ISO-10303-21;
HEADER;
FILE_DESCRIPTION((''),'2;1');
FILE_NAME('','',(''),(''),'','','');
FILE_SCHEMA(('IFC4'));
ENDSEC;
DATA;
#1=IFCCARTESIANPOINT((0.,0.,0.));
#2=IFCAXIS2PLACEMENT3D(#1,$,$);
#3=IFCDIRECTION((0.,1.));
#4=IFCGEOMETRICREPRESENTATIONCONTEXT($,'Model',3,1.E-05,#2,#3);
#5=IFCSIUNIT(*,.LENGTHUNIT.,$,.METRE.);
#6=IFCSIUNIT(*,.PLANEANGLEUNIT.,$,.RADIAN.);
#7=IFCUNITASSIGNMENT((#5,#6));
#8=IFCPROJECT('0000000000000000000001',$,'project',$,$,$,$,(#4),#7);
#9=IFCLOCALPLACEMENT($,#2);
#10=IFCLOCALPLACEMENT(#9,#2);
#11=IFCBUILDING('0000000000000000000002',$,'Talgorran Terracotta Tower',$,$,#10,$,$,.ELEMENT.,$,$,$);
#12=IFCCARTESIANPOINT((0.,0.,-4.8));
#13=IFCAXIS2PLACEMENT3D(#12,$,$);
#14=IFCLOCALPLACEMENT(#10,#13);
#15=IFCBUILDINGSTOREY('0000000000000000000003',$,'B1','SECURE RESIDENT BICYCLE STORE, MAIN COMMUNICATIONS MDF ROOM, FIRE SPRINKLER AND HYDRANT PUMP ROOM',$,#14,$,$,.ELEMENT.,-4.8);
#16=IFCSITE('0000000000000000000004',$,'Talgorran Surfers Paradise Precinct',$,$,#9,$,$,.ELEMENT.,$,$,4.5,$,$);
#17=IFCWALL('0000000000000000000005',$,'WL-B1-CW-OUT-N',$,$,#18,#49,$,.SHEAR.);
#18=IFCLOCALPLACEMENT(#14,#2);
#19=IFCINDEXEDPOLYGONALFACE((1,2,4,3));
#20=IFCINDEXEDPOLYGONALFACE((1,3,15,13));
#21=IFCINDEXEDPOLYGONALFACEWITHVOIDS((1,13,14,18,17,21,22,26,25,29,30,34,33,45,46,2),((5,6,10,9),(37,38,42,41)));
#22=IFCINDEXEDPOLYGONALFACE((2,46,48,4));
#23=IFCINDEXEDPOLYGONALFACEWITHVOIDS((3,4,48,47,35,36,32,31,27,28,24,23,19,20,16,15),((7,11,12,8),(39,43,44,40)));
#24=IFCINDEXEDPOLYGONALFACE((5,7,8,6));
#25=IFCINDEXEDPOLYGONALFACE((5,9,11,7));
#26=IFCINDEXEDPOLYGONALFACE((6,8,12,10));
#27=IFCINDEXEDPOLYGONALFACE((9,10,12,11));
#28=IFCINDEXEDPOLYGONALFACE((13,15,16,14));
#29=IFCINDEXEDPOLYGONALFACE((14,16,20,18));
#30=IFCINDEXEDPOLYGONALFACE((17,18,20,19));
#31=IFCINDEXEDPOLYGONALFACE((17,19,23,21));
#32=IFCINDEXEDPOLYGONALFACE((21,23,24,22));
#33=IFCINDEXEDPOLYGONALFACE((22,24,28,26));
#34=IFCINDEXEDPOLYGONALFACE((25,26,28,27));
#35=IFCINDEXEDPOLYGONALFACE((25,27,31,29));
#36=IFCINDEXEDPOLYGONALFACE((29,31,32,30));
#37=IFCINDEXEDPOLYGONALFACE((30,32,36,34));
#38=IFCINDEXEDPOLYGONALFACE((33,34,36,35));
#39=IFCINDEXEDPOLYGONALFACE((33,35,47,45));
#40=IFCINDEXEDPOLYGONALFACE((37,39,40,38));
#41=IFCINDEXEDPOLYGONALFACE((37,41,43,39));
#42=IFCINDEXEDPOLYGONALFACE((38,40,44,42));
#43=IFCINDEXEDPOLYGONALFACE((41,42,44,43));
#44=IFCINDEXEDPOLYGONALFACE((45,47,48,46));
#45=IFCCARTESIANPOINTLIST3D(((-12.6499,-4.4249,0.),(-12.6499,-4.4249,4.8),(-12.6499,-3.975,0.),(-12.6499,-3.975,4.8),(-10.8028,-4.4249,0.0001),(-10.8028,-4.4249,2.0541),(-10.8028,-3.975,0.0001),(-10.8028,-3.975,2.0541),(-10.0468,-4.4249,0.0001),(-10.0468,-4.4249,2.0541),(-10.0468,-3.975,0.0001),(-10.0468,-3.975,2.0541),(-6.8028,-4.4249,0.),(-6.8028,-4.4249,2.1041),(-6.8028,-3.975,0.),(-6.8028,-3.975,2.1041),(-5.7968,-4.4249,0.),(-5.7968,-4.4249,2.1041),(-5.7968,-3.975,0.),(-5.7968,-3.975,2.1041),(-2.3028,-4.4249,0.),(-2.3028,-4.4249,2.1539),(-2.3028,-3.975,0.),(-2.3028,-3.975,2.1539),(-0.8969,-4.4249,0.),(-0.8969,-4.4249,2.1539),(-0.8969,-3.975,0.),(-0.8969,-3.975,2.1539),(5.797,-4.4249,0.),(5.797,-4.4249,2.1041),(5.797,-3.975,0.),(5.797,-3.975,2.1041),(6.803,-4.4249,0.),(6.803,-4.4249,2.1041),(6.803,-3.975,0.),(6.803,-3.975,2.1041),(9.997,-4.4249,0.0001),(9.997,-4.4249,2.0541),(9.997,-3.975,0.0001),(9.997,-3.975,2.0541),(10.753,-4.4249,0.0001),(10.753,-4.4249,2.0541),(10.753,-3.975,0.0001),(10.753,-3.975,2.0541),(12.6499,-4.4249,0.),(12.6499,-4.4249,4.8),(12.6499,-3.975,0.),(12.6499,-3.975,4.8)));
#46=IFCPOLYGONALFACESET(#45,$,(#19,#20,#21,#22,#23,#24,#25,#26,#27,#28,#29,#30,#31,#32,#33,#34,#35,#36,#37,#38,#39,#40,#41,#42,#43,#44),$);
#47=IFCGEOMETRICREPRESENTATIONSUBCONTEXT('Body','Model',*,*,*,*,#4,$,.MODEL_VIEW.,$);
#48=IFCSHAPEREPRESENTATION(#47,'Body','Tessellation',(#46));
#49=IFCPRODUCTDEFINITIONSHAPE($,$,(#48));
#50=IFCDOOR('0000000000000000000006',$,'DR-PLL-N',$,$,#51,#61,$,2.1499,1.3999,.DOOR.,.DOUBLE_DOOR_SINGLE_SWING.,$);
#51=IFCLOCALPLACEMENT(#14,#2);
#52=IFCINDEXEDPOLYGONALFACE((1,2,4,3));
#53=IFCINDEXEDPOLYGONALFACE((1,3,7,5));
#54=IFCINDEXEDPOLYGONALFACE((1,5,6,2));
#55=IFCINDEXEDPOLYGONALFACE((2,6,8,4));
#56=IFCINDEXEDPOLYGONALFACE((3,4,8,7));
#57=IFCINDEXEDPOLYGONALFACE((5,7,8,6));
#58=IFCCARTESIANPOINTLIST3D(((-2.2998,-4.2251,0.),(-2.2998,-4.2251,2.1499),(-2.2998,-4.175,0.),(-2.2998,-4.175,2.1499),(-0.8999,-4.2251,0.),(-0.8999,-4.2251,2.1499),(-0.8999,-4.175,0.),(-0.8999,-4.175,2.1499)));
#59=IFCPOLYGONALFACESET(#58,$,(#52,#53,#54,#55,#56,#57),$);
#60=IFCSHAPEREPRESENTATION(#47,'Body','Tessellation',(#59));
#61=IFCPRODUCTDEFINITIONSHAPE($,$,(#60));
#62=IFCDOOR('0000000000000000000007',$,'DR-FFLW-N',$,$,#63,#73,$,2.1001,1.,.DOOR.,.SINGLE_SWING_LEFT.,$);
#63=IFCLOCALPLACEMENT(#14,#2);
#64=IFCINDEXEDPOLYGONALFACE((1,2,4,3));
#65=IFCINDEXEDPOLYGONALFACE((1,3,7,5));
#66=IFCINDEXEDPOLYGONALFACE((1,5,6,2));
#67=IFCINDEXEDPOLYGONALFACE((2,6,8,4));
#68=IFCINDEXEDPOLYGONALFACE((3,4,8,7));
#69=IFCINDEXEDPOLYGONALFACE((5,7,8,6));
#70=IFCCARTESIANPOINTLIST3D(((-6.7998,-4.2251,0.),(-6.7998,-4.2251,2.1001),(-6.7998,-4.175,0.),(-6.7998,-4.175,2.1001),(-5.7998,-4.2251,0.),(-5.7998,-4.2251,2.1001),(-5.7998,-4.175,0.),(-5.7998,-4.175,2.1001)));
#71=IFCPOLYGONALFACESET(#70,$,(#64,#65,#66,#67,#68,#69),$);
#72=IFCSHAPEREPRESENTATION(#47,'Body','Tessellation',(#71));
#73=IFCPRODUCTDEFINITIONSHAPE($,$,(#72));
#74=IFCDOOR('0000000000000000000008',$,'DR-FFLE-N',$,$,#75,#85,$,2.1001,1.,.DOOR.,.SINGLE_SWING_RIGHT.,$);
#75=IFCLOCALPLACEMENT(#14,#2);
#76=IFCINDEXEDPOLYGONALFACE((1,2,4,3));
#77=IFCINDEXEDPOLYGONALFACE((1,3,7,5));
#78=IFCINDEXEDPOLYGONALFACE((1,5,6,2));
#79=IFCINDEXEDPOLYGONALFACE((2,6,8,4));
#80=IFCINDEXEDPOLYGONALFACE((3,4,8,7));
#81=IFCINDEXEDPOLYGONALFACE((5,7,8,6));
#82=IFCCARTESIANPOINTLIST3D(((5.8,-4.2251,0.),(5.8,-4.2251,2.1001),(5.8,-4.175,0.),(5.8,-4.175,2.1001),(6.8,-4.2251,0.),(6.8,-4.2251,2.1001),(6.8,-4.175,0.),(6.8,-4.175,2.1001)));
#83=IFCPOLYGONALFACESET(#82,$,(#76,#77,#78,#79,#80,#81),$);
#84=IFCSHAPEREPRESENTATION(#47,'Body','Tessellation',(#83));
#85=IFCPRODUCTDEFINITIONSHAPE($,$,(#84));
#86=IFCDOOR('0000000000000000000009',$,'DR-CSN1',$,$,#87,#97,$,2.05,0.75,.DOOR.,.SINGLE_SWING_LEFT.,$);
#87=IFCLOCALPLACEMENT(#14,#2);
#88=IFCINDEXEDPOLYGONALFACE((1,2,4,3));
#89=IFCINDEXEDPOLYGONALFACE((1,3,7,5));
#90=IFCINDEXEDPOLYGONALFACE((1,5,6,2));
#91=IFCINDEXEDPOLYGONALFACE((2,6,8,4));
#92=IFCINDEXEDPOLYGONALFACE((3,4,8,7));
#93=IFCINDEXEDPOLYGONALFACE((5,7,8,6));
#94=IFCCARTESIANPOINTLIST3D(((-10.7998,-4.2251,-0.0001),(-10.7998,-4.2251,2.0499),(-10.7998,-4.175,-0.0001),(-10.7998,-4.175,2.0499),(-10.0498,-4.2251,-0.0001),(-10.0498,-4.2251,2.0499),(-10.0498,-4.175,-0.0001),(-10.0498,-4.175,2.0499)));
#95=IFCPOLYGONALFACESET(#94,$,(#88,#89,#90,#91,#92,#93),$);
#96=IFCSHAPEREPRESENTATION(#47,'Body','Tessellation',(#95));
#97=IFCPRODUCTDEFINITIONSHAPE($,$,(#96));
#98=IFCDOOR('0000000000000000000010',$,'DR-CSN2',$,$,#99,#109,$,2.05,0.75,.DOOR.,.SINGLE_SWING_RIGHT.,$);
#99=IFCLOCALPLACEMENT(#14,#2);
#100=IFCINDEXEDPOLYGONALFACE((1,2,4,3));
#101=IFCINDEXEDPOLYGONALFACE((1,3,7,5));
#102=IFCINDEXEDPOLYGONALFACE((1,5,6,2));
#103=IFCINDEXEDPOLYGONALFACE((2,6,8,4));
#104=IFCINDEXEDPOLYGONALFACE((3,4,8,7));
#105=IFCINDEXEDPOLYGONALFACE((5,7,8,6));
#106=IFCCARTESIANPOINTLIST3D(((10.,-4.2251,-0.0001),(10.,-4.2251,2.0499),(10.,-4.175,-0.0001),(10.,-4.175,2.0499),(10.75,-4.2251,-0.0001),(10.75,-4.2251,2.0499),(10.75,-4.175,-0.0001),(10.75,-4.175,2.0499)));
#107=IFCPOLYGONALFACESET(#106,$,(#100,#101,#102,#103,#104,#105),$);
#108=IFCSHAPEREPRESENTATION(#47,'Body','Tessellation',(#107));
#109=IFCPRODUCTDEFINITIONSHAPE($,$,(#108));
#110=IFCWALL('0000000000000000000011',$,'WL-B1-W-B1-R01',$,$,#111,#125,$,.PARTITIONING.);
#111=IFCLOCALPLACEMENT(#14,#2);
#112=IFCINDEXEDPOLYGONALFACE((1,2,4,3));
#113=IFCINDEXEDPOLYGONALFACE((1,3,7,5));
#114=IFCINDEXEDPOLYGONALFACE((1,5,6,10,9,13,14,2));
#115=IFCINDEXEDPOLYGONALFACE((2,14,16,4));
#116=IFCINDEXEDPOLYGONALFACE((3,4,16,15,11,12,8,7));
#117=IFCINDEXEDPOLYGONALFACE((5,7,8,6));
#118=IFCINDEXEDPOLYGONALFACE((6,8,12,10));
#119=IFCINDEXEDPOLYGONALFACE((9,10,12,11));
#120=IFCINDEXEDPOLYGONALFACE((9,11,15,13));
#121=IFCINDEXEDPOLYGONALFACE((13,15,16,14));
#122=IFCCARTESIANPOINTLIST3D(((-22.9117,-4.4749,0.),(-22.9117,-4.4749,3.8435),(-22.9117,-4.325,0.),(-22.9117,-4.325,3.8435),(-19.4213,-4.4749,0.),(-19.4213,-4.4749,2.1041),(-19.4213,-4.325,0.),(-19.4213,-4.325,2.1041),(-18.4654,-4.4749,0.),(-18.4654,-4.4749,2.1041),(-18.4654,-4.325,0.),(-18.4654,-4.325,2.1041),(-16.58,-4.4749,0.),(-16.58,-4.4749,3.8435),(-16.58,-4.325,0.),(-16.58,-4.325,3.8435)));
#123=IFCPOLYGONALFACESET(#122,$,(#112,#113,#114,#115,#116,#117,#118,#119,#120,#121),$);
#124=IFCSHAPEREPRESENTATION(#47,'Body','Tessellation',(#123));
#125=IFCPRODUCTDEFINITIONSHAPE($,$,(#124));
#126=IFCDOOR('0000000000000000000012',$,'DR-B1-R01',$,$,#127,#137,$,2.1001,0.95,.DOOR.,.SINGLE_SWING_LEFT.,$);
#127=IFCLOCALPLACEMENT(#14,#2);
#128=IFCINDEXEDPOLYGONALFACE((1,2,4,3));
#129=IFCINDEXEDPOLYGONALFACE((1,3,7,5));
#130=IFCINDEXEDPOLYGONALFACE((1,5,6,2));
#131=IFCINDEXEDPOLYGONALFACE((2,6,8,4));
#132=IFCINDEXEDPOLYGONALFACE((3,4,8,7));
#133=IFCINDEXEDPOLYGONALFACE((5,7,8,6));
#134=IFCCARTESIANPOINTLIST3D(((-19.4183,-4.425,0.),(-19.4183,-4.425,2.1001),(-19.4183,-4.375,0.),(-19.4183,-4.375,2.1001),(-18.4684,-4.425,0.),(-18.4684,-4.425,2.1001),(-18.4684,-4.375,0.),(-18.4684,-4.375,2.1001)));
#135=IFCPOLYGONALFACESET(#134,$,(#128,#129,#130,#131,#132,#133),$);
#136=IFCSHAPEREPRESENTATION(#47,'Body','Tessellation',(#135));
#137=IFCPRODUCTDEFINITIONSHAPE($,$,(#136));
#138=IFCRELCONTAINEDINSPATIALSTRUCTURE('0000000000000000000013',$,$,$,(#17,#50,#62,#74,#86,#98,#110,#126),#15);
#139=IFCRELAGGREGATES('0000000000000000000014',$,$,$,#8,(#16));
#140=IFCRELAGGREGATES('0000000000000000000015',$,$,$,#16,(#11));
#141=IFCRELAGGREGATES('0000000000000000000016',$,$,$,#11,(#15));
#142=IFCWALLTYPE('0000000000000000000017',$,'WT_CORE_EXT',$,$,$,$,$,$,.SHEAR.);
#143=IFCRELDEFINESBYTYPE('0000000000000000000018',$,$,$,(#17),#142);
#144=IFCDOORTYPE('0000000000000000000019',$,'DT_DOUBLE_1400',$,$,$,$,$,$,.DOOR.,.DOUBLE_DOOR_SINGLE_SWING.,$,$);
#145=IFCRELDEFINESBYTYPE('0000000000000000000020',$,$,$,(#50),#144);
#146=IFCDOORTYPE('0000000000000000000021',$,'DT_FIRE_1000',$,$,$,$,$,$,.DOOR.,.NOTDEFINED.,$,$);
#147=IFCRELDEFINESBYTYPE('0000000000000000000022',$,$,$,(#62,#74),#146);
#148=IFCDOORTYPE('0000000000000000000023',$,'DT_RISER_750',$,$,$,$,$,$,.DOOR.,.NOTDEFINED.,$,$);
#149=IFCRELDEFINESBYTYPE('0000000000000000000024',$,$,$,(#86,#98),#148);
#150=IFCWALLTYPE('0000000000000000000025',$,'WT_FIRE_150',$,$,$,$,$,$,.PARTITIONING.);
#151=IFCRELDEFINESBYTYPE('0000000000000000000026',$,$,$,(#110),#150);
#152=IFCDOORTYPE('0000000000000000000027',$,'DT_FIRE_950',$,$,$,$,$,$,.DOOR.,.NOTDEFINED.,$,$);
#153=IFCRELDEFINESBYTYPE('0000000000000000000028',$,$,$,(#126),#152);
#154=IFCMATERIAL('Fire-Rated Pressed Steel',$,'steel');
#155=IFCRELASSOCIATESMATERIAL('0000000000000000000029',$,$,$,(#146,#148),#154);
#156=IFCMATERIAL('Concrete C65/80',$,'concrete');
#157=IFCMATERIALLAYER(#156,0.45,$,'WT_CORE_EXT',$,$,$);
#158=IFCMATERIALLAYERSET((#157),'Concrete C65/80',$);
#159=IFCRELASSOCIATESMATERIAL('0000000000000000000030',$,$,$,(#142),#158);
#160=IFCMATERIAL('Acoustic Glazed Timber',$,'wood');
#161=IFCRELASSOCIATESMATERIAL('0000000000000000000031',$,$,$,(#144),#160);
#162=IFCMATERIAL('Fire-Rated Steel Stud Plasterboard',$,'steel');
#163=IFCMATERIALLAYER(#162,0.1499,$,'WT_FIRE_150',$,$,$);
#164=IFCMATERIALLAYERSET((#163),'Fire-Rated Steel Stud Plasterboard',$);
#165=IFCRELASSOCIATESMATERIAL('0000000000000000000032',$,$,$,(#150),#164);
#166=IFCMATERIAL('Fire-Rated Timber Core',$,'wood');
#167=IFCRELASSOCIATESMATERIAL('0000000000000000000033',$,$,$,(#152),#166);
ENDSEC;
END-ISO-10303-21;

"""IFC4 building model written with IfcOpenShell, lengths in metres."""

from ifc_helpers import new_model, si_unit, direction, frame, frame_2d, origin, place, context, subcontext, project, spatial, rectangle, extrude, material, layer, layer_set, type_object, element, fill, save


model = new_model("IFC4")

# Units and contexts
model_context = context("Model", 3, precision=1e-05, world=origin(), true_north=direction((0.0, 1.0)))
body_context = subcontext(model_context, "Body", "Model", "MODEL_VIEW")
ifc_project = project(units=[si_unit("LENGTHUNIT", "METRE"), si_unit("PLANEANGLEUNIT", "RADIAN")], contexts=[model_context])

# Site, building, storey
site_placement = place(None, origin())
site = spatial("IfcSite", under=ifc_project, at=site_placement, Name="Talgorran Surfers Paradise Precinct", CompositionType="ELEMENT", RefElevation=4.5)
building_placement = place(site_placement, origin())
building = spatial("IfcBuilding", under=site, at=building_placement, Name="Talgorran Terracotta Tower", CompositionType="ELEMENT")
storey_placement = place(building_placement, frame((0.0, 0.0, -4.8)))
storey = spatial("IfcBuildingStorey", under=building, at=storey_placement, Name="B1", Description="SECURE RESIDENT BICYCLE STORE, MAIN COMMUNICATIONS MDF ROOM, FIRE SPRINKLER AND HYDRANT PUMP ROOM", CompositionType="ELEMENT", Elevation=-4.8)

# Shared definitions
ifc_material_1 = material(Name="Fire-Rated Pressed Steel", Category="steel")
door_type_1 = type_object("IfcDoorType", Name="DT_FIRE_1000", OperationType="NOTDEFINED", PredefinedType="DOOR", material=ifc_material_1)

# Wall, openings, doors
ifc_material_2 = material(Name="Concrete C65/80", Category="concrete")
ifc_layer_1 = layer(ifc_material_2, 0.45, Name="WT_CORE_EXT")
ifc_layer_set_1 = layer_set([ifc_layer_1], Name="Concrete C65/80")
wall_type_1 = type_object("IfcWallType", Name="WT_CORE_EXT", PredefinedType="SHEAR", material=ifc_layer_set_1)
wall_1_placement = place(storey_placement, frame((-12.6499, -4.2, 0.0), z_axis=(0.0, 0.0, 1.0), x_axis=(1.0, 0.0, 0.0)))
wall_1 = element("IfcWall", 1, at=wall_1_placement, inside=storey, type_object=wall_type_1, Name="WL-B1-CW-OUT-N", PredefinedType="SHEAR", context=body_context, shape_type="SweptSolid", body=[
    extrude(rectangle(XDim=25.2998, YDim=0.45, at=frame_2d((12.6499, 0.0))), origin(), (0.0, 0.0, 1.0), 4.8),
])
opening_1_placement = place(wall_1_placement, frame((1.8501, 0.0, 0.0)))
opening_1 = element("IfcOpeningElement", 2, at=opening_1_placement, cuts=wall_1, PredefinedType="OPENING", context=body_context, shape_type="SweptSolid", body=[
    extrude(rectangle(XDim=0.756, YDim=2.054, at=frame_2d((0.375, 1.0271))), frame((0.0, 0.2349, 0.0), z_axis=(0.0, -1.0, 0.0), x_axis=(1.0, 0.0, 0.0)), (0.0, 0.0, 1.0), 0.47),
])
opening_2_placement = place(wall_1_placement, frame((22.6499, 0.0, 0.0)))
opening_2 = element("IfcOpeningElement", 3, at=opening_2_placement, cuts=wall_1, PredefinedType="OPENING", context=body_context, shape_type="SweptSolid", body=[
    extrude(rectangle(XDim=0.756, YDim=2.054, at=frame_2d((0.375, 1.0271))), frame((0.0, 0.2349, 0.0), z_axis=(0.0, -1.0, 0.0), x_axis=(1.0, 0.0, 0.0)), (0.0, 0.0, 1.0), 0.47),
])
opening_3_placement = place(wall_1_placement, frame((5.8501, 0.0, 0.0)))
opening_3 = element("IfcOpeningElement", 4, at=opening_3_placement, cuts=wall_1, PredefinedType="OPENING", context=body_context, shape_type="SweptSolid", body=[
    extrude(rectangle(XDim=1.006, YDim=2.1041, at=frame_2d((0.5, 1.052))), frame((0.0, 0.2349, 0.0), z_axis=(0.0, -1.0, 0.0), x_axis=(1.0, 0.0, 0.0)), (0.0, 0.0, 1.0), 0.47),
])
opening_4_placement = place(wall_1_placement, frame((10.3501, 0.0, 0.0)))
opening_4 = element("IfcOpeningElement", 5, at=opening_4_placement, cuts=wall_1, PredefinedType="OPENING", context=body_context, shape_type="SweptSolid", body=[
    extrude(rectangle(XDim=1.4059, YDim=2.1539, at=frame_2d((0.7, 1.0769))), frame((0.0, 0.2349, 0.0), z_axis=(0.0, -1.0, 0.0), x_axis=(1.0, 0.0, 0.0)), (0.0, 0.0, 1.0), 0.47),
])
opening_5_placement = place(wall_1_placement, frame((18.45, 0.0, 0.0)))
opening_5 = element("IfcOpeningElement", 6, at=opening_5_placement, cuts=wall_1, PredefinedType="OPENING", context=body_context, shape_type="SweptSolid", body=[
    extrude(rectangle(XDim=1.006, YDim=2.1041, at=frame_2d((0.5, 1.052))), frame((0.0, 0.2349, 0.0), z_axis=(0.0, -1.0, 0.0), x_axis=(1.0, 0.0, 0.0)), (0.0, 0.0, 1.0), 0.47),
])
ifc_material_3 = material(Name="Acoustic Glazed Timber", Category="wood")
door_type_2 = type_object("IfcDoorType", Name="DT_DOUBLE_1400", OperationType="DOUBLE_DOOR_SINGLE_SWING", PredefinedType="DOOR", material=ifc_material_3)
door_1_placement = place(opening_4_placement, origin())
door_1 = element("IfcDoor", 7, at=door_1_placement, inside=storey, type_object=door_type_2, Name="DR-PLL-N", OperationType="DOUBLE_DOOR_SINGLE_SWING", OverallHeight=2.1499, OverallWidth=1.3999, PredefinedType="DOOR", context=body_context, shape_type="SweptSolid", body=[
    extrude(rectangle(XDim=1.3999, YDim=2.1499, at=frame_2d((0.7, 1.075))), frame((0.0, 0.0249, 0.0), z_axis=(0.0, -1.0, 0.0), x_axis=(1.0, 0.0, 0.0)), (0.0, 0.0, 1.0), 0.05),
])
fill(opening_4, door_1)
door_2_placement = place(opening_3_placement, origin())
door_2 = element("IfcDoor", 8, at=door_2_placement, inside=storey, type_object=door_type_1, Name="DR-FFLW-N", OperationType="SINGLE_SWING_LEFT", OverallHeight=2.1001, OverallWidth=1.0, PredefinedType="DOOR", context=body_context, shape_type="SweptSolid", body=[
    extrude(rectangle(XDim=1.0, YDim=2.1001, at=frame_2d((0.5, 1.05))), frame((0.0, 0.0249, 0.0), z_axis=(0.0, -1.0, 0.0), x_axis=(1.0, 0.0, 0.0)), (0.0, 0.0, 1.0), 0.05),
])
fill(opening_3, door_2)
door_3_placement = place(opening_5_placement, origin())
door_3 = element("IfcDoor", 9, at=door_3_placement, inside=storey, type_object=door_type_1, Name="DR-FFLE-N", OperationType="SINGLE_SWING_RIGHT", OverallHeight=2.1001, OverallWidth=1.0, PredefinedType="DOOR", context=body_context, shape_type="SweptSolid", body=[
    extrude(rectangle(XDim=1.0, YDim=2.1001, at=frame_2d((0.5, 1.05))), frame((0.0, 0.0249, 0.0), z_axis=(0.0, -1.0, 0.0), x_axis=(1.0, 0.0, 0.0)), (0.0, 0.0, 1.0), 0.05),
])
fill(opening_5, door_3)
door_type_3 = type_object("IfcDoorType", Name="DT_RISER_750", OperationType="NOTDEFINED", PredefinedType="DOOR", material=ifc_material_1)
door_4_placement = place(opening_1_placement, origin())
door_4 = element("IfcDoor", 10, at=door_4_placement, inside=storey, type_object=door_type_3, Name="DR-CSN1", OperationType="SINGLE_SWING_LEFT", OverallHeight=2.05, OverallWidth=0.75, PredefinedType="DOOR", context=body_context, shape_type="SweptSolid", body=[
    extrude(rectangle(XDim=0.75, YDim=2.05, at=frame_2d((0.375, 1.0249))), frame((0.0, 0.0249, 0.0), z_axis=(0.0, -1.0, 0.0), x_axis=(1.0, 0.0, 0.0)), (0.0, 0.0, 1.0), 0.05),
])
fill(opening_1, door_4)
door_5_placement = place(opening_2_placement, origin())
door_5 = element("IfcDoor", 11, at=door_5_placement, inside=storey, type_object=door_type_3, Name="DR-CSN2", OperationType="SINGLE_SWING_RIGHT", OverallHeight=2.05, OverallWidth=0.75, PredefinedType="DOOR", context=body_context, shape_type="SweptSolid", body=[
    extrude(rectangle(XDim=0.75, YDim=2.05, at=frame_2d((0.375, 1.0249))), frame((0.0, 0.0249, 0.0), z_axis=(0.0, -1.0, 0.0), x_axis=(1.0, 0.0, 0.0)), (0.0, 0.0, 1.0), 0.05),
])
fill(opening_2, door_5)

# Wall, opening, door
ifc_material_4 = material(Name="Fire-Rated Steel Stud Plasterboard", Category="steel")
ifc_layer_2 = layer(ifc_material_4, 0.1499, Name="WT_FIRE_150")
ifc_layer_set_2 = layer_set([ifc_layer_2], Name="Fire-Rated Steel Stud Plasterboard")
wall_type_2 = type_object("IfcWallType", Name="WT_FIRE_150", PredefinedType="PARTITIONING", material=ifc_layer_set_2)
wall_2_placement = place(storey_placement, frame((-22.9119, -4.3999, 0.0), z_axis=(0.0, 0.0, 1.0), x_axis=(1.0, 0.0, 0.0)))
wall_2 = element("IfcWall", 12, at=wall_2_placement, inside=storey, type_object=wall_type_2, Name="WL-B1-W-B1-R01", PredefinedType="PARTITIONING", context=body_context, shape_type="SweptSolid", body=[
    extrude(rectangle(XDim=6.3318, YDim=0.1499, at=frame_2d((3.166, 0.0))), origin(), (0.0, 0.0, 1.0), 3.8435),
])
opening_6_placement = place(wall_2_placement, frame((3.4934, 0.0, 0.0)))
opening_6 = element("IfcOpeningElement", 13, at=opening_6_placement, cuts=wall_2, PredefinedType="OPENING", context=body_context, shape_type="SweptSolid", body=[
    extrude(rectangle(XDim=0.956, YDim=2.1041, at=frame_2d((0.4751, 1.052))), frame((0.0, 0.085, 0.0), z_axis=(0.0, -1.0, 0.0), x_axis=(1.0, 0.0, 0.0)), (0.0, 0.0, 1.0), 0.1699),
])
ifc_material_5 = material(Name="Fire-Rated Timber Core", Category="wood")
door_type_4 = type_object("IfcDoorType", Name="DT_FIRE_950", OperationType="NOTDEFINED", PredefinedType="DOOR", material=ifc_material_5)
door_6_placement = place(opening_6_placement, origin())
door_6 = element("IfcDoor", 14, at=door_6_placement, inside=storey, type_object=door_type_4, Name="DR-B1-R01", OperationType="SINGLE_SWING_LEFT", OverallHeight=2.1001, OverallWidth=0.95, PredefinedType="DOOR", context=body_context, shape_type="SweptSolid", body=[
    extrude(rectangle(XDim=0.95, YDim=2.1001, at=frame_2d((0.4751, 1.05))), frame((0.0, 0.0249, 0.0), z_axis=(0.0, -1.0, 0.0), x_axis=(1.0, 0.0, 0.0)), (0.0, 0.0, 1.0), 0.05),
])
fill(opening_6, door_6)

save(model, "model.ifc")
